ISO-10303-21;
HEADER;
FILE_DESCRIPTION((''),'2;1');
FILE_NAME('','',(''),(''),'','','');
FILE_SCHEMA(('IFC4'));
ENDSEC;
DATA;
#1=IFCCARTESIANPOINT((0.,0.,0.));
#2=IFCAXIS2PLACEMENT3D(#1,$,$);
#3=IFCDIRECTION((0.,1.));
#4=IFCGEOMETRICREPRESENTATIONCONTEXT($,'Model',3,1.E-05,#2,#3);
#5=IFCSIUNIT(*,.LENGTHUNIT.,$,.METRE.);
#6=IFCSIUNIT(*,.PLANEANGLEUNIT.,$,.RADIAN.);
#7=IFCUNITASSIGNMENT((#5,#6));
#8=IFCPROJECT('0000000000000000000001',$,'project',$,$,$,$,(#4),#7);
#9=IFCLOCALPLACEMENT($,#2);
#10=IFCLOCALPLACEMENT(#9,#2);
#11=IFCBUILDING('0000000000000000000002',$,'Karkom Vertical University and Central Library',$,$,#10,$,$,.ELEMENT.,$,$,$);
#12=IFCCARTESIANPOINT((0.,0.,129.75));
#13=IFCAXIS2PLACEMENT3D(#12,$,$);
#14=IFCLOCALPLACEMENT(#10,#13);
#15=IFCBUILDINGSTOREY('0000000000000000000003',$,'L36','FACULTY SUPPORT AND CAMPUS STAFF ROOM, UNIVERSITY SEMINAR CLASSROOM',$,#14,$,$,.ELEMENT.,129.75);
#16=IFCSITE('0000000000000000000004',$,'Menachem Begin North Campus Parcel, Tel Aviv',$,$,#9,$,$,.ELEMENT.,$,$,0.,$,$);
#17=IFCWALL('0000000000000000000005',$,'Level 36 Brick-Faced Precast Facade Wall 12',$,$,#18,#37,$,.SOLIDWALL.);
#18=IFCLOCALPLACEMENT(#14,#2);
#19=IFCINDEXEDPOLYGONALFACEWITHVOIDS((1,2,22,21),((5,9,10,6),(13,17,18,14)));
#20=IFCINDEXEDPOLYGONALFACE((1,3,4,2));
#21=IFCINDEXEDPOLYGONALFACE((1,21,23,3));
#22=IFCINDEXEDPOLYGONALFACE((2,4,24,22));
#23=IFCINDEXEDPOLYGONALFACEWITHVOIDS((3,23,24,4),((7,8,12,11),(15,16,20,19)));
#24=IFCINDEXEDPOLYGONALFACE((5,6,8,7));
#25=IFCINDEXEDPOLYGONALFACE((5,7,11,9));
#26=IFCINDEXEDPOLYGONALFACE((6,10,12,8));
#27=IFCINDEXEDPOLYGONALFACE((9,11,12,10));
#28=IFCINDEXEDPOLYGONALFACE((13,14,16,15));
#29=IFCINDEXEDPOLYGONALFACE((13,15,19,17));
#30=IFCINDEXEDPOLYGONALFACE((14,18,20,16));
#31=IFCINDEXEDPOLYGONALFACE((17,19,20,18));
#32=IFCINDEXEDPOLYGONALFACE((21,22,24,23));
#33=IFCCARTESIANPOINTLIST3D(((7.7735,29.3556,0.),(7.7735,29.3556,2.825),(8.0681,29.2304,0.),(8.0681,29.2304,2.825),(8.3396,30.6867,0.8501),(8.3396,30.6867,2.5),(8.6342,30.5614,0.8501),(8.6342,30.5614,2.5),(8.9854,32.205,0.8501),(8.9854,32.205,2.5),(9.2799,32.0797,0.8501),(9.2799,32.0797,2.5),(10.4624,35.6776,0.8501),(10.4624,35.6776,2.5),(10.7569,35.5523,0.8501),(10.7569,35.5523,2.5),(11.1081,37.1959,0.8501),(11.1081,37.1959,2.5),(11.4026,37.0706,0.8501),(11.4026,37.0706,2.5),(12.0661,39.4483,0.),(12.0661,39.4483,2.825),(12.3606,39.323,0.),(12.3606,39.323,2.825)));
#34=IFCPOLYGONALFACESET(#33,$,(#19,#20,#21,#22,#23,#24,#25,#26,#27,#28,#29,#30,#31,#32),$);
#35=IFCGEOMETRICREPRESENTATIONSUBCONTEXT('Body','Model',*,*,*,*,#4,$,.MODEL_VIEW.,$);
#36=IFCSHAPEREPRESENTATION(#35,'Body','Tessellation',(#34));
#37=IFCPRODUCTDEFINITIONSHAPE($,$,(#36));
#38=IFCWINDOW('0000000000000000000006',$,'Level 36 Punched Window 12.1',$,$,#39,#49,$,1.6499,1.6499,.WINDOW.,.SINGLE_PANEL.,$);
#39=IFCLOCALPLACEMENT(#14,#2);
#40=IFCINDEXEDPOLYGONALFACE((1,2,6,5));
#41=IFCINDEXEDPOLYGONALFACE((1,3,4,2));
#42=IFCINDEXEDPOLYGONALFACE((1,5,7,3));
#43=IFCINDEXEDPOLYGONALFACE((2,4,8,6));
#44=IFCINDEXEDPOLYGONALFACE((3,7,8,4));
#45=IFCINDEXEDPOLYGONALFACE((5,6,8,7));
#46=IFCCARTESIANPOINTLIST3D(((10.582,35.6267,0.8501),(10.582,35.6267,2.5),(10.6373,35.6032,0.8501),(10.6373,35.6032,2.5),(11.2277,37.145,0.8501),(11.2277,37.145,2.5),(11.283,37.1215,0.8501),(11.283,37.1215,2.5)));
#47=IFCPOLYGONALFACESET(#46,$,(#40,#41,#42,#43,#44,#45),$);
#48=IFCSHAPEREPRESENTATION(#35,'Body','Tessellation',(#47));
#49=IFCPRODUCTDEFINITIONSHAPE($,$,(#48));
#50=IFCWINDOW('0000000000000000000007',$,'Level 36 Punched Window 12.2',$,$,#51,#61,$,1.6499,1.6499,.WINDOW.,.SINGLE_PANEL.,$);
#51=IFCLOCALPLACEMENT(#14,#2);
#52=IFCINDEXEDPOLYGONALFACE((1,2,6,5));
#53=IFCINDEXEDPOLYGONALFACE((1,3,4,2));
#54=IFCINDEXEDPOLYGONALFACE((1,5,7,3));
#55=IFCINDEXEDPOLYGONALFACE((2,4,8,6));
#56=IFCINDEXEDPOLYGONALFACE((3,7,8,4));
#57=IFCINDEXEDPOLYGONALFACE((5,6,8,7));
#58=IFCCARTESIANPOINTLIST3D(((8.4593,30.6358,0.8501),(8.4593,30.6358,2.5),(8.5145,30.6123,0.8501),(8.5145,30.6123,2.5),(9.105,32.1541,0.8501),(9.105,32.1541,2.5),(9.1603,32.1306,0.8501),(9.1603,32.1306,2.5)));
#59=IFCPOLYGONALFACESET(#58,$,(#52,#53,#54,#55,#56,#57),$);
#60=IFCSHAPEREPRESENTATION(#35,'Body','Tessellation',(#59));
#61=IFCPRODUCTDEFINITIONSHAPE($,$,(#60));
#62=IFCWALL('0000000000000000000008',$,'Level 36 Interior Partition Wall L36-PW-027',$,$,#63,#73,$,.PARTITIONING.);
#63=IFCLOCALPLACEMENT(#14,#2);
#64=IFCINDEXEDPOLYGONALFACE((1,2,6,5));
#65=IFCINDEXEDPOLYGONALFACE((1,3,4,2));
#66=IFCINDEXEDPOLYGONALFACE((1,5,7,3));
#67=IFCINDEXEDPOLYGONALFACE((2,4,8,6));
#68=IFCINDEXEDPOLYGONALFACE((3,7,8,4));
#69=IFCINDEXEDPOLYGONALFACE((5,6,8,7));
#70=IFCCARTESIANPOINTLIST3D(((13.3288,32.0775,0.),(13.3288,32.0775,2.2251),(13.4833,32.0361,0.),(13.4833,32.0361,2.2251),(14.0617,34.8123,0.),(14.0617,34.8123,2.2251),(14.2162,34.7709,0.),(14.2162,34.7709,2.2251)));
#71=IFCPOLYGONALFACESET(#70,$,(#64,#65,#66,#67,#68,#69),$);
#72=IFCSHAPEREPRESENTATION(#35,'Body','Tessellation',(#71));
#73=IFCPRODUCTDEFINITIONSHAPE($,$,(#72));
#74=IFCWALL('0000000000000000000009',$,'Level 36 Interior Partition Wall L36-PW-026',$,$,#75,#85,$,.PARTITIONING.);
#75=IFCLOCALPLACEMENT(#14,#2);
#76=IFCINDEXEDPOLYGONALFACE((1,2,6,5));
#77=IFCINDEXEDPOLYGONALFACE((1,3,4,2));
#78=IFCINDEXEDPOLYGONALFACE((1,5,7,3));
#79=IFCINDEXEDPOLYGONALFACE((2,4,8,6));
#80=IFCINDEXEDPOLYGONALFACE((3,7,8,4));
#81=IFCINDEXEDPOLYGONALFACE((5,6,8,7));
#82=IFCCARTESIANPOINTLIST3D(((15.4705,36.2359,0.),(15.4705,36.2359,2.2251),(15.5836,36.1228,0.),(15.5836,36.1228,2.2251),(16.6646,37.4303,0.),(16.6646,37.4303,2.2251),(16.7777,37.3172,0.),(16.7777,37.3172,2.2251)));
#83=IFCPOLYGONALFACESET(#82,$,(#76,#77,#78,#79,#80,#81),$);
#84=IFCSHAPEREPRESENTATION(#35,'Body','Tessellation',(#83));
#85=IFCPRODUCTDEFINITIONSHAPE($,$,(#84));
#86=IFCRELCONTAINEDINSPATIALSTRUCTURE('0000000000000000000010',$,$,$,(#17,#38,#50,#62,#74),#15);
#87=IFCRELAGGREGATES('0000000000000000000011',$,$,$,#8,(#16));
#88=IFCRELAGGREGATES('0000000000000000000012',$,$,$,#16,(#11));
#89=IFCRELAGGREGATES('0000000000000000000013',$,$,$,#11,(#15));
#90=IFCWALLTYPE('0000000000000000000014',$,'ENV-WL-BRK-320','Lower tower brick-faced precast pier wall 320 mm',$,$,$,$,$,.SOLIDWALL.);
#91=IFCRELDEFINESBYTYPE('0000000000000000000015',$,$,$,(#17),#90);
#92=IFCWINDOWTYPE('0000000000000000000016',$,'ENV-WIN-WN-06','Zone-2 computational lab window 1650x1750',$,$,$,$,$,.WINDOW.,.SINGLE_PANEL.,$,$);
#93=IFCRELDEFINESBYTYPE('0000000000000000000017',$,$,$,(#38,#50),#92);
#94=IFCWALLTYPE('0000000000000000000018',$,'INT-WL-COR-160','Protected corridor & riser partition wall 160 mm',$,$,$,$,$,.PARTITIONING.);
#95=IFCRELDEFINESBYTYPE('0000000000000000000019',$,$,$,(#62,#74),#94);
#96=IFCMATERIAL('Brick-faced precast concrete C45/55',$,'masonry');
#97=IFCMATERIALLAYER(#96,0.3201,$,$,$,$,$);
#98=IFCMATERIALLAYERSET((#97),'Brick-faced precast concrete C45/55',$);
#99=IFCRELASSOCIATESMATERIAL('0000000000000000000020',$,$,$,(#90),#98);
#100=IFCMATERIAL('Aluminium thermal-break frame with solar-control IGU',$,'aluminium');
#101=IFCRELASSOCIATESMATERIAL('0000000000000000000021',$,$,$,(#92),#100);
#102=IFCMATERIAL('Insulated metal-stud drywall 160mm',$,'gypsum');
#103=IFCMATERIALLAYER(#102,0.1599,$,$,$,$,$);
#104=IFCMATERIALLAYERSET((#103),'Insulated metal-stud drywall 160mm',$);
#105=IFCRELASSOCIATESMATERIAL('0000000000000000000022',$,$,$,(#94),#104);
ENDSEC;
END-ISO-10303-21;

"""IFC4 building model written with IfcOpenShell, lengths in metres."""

from ifc_helpers import new_model, si_unit, direction, frame, frame_2d, origin, origin_with_axes, place, context, subcontext, project, spatial, rectangle, extrude, source, transform, mapped, material, layer, layer_set, type_object, element, fill, save


model = new_model("IFC4")

# Units and contexts
model_context = context("Model", 3, precision=1e-05, world=origin(), true_north=direction((0.0, 1.0)))
body_context = subcontext(model_context, "Body", "Model", "MODEL_VIEW")
ifc_project = project(units=[si_unit("LENGTHUNIT", "METRE"), si_unit("PLANEANGLEUNIT", "RADIAN")], contexts=[model_context])

# Site, building, storey
site_placement = place(None, origin())
site = spatial("IfcSite", under=ifc_project, at=site_placement, Name="Menachem Begin North Campus Parcel, Tel Aviv", CompositionType="ELEMENT", RefElevation=0.0)
building_placement = place(site_placement, origin())
building = spatial("IfcBuilding", under=site, at=building_placement, Name="Karkom Vertical University and Central Library", CompositionType="ELEMENT")
storey_placement = place(building_placement, frame((0.0, 0.0, 129.75)))
storey = spatial("IfcBuildingStorey", under=building, at=storey_placement, Name="L36", Description="FACULTY SUPPORT AND CAMPUS STAFF ROOM, UNIVERSITY SEMINAR CLASSROOM", CompositionType="ELEMENT", Elevation=129.75)

# Wall, openings, windows
ifc_material_1 = material(Name="Brick-faced precast concrete C45/55", Category="masonry")
ifc_layer_1 = layer(ifc_material_1, 0.3201)
ifc_layer_set_1 = layer_set([ifc_layer_1], Name="Brick-faced precast concrete C45/55")
wall_type_1 = type_object("IfcWallType", Name="ENV-WL-BRK-320", Description="Lower tower brick-faced precast pier wall 320 mm", PredefinedType="SOLIDWALL", material=ifc_layer_set_1)
wall_1_placement = place(storey_placement, frame((12.2134, 39.3857, 0.0), z_axis=(0.0, 0.0, 1.0), x_axis=(-0.391384, -0.920227, 0.0)))
wall_1 = element("IfcWall", 1, at=wall_1_placement, inside=storey, type_object=wall_type_1, Name="Level 36 Brick-Faced Precast Facade Wall 12", PredefinedType="SOLIDWALL", context=body_context, shape_type="SweptSolid", body=[
    extrude(rectangle(XDim=10.9675, YDim=0.3201, at=frame_2d((5.4839, 0.0))), origin(), (0.0, 0.0, 1.0), 2.825),
])
opening_1_placement = place(wall_1_placement, frame((2.4478, 0.0, 0.8501)))
opening_1 = element("IfcOpeningElement", 2, at=opening_1_placement, cuts=wall_1, PredefinedType="OPENING", context=body_context, shape_type="SweptSolid", body=[
    extrude(rectangle(XDim=1.6499, YDim=1.6499, at=frame_2d((0.825, 0.825))), frame((0.0, 0.1699, 0.0), z_axis=(0.0, -1.0, 0.0), x_axis=(1.0, 0.0, 0.0)), (0.0, 0.0, 1.0), 0.3401),
])
opening_2_placement = place(wall_1_placement, frame((7.8713, 0.0, 0.8501)))
opening_2 = element("IfcOpeningElement", 3, at=opening_2_placement, cuts=wall_1, PredefinedType="OPENING", context=body_context, shape_type="SweptSolid", body=[
    extrude(rectangle(XDim=1.6499, YDim=1.6499, at=frame_2d((0.825, 0.825))), frame((0.0, 0.1699, 0.0), z_axis=(0.0, -1.0, 0.0), x_axis=(1.0, 0.0, 0.0)), (0.0, 0.0, 1.0), 0.3401),
])
ifc_material_2 = material(Name="Aluminium thermal-break frame with solar-control IGU", Category="aluminium")
window_type = type_object("IfcWindowType", Name="ENV-WIN-WN-06", Description="Zone-2 computational lab window 1650x1750", PartitioningType="SINGLE_PANEL", PredefinedType="WINDOW", material=ifc_material_2)
shared_shape_1 = source(origin_with_axes(), body_context, "Body", "SweptSolid", [
    extrude(rectangle(XDim=1.6499, YDim=1.6499, at=frame_2d((0.825, 0.825))), frame((0.0, 0.03, 0.0), z_axis=(0.0, -1.0, 0.0), x_axis=(1.0, 0.0, 0.0)), (0.0, 0.0, 1.0), 0.0601),
])
window_1_placement = place(opening_1_placement, origin())
window_1 = element("IfcWindow", 4, at=window_1_placement, inside=storey, type_object=window_type, Name="Level 36 Punched Window 12.1", OverallHeight=1.6499, OverallWidth=1.6499, PartitioningType="SINGLE_PANEL", PredefinedType="WINDOW", context=body_context, shape_type="MappedRepresentation", body=[
    mapped(shared_shape_1, transform((0.0, 0.0, 0.0), scale=1.0)),
])
fill(opening_1, window_1)
window_2_placement = place(opening_2_placement, origin())
window_2 = element("IfcWindow", 5, at=window_2_placement, inside=storey, type_object=window_type, Name="Level 36 Punched Window 12.2", OverallHeight=1.6499, OverallWidth=1.6499, PartitioningType="SINGLE_PANEL", PredefinedType="WINDOW", context=body_context, shape_type="MappedRepresentation", body=[
    mapped(shared_shape_1, transform((0.0, 0.0, 0.0), scale=1.0)),
])
fill(opening_2, window_2)

# Shared definitions
ifc_material_3 = material(Name="Insulated metal-stud drywall 160mm", Category="gypsum")
ifc_layer_2 = layer(ifc_material_3, 0.1599)
ifc_layer_set_2 = layer_set([ifc_layer_2], Name="Insulated metal-stud drywall 160mm")
wall_type_2 = type_object("IfcWallType", Name="INT-WL-COR-160", Description="Protected corridor & riser partition wall 160 mm", PredefinedType="PARTITIONING", material=ifc_layer_set_2)

# Walls
wall_2_placement = place(storey_placement, frame((14.1389, 34.7915, 0.0), z_axis=(0.0, 0.0, 1.0), x_axis=(-0.258854, -0.965916, 0.0)))
element("IfcWall", 6, at=wall_2_placement, inside=storey, type_object=wall_type_2, Name="Level 36 Interior Partition Wall L36-PW-027", PredefinedType="PARTITIONING", context=body_context, shape_type="SweptSolid", body=[
    extrude(rectangle(XDim=2.8313, YDim=0.1599, at=frame_2d((1.4155, 0.0))), origin(), (0.0, 0.0, 1.0), 2.2251),
])
wall_3_placement = place(storey_placement, frame((16.7212, 37.3738, 0.0), z_axis=(0.0, 0.0, 1.0), x_axis=(-0.707034, -0.707179, 0.0)))
element("IfcWall", 7, at=wall_3_placement, inside=storey, type_object=wall_type_2, Name="Level 36 Interior Partition Wall L36-PW-026", PredefinedType="PARTITIONING", context=body_context, shape_type="SweptSolid", body=[
    extrude(rectangle(XDim=1.689, YDim=0.1599, at=frame_2d((0.8445, 0.0))), origin(), (0.0, 0.0, 1.0), 2.2251),
])

save(model, "model.ifc")
